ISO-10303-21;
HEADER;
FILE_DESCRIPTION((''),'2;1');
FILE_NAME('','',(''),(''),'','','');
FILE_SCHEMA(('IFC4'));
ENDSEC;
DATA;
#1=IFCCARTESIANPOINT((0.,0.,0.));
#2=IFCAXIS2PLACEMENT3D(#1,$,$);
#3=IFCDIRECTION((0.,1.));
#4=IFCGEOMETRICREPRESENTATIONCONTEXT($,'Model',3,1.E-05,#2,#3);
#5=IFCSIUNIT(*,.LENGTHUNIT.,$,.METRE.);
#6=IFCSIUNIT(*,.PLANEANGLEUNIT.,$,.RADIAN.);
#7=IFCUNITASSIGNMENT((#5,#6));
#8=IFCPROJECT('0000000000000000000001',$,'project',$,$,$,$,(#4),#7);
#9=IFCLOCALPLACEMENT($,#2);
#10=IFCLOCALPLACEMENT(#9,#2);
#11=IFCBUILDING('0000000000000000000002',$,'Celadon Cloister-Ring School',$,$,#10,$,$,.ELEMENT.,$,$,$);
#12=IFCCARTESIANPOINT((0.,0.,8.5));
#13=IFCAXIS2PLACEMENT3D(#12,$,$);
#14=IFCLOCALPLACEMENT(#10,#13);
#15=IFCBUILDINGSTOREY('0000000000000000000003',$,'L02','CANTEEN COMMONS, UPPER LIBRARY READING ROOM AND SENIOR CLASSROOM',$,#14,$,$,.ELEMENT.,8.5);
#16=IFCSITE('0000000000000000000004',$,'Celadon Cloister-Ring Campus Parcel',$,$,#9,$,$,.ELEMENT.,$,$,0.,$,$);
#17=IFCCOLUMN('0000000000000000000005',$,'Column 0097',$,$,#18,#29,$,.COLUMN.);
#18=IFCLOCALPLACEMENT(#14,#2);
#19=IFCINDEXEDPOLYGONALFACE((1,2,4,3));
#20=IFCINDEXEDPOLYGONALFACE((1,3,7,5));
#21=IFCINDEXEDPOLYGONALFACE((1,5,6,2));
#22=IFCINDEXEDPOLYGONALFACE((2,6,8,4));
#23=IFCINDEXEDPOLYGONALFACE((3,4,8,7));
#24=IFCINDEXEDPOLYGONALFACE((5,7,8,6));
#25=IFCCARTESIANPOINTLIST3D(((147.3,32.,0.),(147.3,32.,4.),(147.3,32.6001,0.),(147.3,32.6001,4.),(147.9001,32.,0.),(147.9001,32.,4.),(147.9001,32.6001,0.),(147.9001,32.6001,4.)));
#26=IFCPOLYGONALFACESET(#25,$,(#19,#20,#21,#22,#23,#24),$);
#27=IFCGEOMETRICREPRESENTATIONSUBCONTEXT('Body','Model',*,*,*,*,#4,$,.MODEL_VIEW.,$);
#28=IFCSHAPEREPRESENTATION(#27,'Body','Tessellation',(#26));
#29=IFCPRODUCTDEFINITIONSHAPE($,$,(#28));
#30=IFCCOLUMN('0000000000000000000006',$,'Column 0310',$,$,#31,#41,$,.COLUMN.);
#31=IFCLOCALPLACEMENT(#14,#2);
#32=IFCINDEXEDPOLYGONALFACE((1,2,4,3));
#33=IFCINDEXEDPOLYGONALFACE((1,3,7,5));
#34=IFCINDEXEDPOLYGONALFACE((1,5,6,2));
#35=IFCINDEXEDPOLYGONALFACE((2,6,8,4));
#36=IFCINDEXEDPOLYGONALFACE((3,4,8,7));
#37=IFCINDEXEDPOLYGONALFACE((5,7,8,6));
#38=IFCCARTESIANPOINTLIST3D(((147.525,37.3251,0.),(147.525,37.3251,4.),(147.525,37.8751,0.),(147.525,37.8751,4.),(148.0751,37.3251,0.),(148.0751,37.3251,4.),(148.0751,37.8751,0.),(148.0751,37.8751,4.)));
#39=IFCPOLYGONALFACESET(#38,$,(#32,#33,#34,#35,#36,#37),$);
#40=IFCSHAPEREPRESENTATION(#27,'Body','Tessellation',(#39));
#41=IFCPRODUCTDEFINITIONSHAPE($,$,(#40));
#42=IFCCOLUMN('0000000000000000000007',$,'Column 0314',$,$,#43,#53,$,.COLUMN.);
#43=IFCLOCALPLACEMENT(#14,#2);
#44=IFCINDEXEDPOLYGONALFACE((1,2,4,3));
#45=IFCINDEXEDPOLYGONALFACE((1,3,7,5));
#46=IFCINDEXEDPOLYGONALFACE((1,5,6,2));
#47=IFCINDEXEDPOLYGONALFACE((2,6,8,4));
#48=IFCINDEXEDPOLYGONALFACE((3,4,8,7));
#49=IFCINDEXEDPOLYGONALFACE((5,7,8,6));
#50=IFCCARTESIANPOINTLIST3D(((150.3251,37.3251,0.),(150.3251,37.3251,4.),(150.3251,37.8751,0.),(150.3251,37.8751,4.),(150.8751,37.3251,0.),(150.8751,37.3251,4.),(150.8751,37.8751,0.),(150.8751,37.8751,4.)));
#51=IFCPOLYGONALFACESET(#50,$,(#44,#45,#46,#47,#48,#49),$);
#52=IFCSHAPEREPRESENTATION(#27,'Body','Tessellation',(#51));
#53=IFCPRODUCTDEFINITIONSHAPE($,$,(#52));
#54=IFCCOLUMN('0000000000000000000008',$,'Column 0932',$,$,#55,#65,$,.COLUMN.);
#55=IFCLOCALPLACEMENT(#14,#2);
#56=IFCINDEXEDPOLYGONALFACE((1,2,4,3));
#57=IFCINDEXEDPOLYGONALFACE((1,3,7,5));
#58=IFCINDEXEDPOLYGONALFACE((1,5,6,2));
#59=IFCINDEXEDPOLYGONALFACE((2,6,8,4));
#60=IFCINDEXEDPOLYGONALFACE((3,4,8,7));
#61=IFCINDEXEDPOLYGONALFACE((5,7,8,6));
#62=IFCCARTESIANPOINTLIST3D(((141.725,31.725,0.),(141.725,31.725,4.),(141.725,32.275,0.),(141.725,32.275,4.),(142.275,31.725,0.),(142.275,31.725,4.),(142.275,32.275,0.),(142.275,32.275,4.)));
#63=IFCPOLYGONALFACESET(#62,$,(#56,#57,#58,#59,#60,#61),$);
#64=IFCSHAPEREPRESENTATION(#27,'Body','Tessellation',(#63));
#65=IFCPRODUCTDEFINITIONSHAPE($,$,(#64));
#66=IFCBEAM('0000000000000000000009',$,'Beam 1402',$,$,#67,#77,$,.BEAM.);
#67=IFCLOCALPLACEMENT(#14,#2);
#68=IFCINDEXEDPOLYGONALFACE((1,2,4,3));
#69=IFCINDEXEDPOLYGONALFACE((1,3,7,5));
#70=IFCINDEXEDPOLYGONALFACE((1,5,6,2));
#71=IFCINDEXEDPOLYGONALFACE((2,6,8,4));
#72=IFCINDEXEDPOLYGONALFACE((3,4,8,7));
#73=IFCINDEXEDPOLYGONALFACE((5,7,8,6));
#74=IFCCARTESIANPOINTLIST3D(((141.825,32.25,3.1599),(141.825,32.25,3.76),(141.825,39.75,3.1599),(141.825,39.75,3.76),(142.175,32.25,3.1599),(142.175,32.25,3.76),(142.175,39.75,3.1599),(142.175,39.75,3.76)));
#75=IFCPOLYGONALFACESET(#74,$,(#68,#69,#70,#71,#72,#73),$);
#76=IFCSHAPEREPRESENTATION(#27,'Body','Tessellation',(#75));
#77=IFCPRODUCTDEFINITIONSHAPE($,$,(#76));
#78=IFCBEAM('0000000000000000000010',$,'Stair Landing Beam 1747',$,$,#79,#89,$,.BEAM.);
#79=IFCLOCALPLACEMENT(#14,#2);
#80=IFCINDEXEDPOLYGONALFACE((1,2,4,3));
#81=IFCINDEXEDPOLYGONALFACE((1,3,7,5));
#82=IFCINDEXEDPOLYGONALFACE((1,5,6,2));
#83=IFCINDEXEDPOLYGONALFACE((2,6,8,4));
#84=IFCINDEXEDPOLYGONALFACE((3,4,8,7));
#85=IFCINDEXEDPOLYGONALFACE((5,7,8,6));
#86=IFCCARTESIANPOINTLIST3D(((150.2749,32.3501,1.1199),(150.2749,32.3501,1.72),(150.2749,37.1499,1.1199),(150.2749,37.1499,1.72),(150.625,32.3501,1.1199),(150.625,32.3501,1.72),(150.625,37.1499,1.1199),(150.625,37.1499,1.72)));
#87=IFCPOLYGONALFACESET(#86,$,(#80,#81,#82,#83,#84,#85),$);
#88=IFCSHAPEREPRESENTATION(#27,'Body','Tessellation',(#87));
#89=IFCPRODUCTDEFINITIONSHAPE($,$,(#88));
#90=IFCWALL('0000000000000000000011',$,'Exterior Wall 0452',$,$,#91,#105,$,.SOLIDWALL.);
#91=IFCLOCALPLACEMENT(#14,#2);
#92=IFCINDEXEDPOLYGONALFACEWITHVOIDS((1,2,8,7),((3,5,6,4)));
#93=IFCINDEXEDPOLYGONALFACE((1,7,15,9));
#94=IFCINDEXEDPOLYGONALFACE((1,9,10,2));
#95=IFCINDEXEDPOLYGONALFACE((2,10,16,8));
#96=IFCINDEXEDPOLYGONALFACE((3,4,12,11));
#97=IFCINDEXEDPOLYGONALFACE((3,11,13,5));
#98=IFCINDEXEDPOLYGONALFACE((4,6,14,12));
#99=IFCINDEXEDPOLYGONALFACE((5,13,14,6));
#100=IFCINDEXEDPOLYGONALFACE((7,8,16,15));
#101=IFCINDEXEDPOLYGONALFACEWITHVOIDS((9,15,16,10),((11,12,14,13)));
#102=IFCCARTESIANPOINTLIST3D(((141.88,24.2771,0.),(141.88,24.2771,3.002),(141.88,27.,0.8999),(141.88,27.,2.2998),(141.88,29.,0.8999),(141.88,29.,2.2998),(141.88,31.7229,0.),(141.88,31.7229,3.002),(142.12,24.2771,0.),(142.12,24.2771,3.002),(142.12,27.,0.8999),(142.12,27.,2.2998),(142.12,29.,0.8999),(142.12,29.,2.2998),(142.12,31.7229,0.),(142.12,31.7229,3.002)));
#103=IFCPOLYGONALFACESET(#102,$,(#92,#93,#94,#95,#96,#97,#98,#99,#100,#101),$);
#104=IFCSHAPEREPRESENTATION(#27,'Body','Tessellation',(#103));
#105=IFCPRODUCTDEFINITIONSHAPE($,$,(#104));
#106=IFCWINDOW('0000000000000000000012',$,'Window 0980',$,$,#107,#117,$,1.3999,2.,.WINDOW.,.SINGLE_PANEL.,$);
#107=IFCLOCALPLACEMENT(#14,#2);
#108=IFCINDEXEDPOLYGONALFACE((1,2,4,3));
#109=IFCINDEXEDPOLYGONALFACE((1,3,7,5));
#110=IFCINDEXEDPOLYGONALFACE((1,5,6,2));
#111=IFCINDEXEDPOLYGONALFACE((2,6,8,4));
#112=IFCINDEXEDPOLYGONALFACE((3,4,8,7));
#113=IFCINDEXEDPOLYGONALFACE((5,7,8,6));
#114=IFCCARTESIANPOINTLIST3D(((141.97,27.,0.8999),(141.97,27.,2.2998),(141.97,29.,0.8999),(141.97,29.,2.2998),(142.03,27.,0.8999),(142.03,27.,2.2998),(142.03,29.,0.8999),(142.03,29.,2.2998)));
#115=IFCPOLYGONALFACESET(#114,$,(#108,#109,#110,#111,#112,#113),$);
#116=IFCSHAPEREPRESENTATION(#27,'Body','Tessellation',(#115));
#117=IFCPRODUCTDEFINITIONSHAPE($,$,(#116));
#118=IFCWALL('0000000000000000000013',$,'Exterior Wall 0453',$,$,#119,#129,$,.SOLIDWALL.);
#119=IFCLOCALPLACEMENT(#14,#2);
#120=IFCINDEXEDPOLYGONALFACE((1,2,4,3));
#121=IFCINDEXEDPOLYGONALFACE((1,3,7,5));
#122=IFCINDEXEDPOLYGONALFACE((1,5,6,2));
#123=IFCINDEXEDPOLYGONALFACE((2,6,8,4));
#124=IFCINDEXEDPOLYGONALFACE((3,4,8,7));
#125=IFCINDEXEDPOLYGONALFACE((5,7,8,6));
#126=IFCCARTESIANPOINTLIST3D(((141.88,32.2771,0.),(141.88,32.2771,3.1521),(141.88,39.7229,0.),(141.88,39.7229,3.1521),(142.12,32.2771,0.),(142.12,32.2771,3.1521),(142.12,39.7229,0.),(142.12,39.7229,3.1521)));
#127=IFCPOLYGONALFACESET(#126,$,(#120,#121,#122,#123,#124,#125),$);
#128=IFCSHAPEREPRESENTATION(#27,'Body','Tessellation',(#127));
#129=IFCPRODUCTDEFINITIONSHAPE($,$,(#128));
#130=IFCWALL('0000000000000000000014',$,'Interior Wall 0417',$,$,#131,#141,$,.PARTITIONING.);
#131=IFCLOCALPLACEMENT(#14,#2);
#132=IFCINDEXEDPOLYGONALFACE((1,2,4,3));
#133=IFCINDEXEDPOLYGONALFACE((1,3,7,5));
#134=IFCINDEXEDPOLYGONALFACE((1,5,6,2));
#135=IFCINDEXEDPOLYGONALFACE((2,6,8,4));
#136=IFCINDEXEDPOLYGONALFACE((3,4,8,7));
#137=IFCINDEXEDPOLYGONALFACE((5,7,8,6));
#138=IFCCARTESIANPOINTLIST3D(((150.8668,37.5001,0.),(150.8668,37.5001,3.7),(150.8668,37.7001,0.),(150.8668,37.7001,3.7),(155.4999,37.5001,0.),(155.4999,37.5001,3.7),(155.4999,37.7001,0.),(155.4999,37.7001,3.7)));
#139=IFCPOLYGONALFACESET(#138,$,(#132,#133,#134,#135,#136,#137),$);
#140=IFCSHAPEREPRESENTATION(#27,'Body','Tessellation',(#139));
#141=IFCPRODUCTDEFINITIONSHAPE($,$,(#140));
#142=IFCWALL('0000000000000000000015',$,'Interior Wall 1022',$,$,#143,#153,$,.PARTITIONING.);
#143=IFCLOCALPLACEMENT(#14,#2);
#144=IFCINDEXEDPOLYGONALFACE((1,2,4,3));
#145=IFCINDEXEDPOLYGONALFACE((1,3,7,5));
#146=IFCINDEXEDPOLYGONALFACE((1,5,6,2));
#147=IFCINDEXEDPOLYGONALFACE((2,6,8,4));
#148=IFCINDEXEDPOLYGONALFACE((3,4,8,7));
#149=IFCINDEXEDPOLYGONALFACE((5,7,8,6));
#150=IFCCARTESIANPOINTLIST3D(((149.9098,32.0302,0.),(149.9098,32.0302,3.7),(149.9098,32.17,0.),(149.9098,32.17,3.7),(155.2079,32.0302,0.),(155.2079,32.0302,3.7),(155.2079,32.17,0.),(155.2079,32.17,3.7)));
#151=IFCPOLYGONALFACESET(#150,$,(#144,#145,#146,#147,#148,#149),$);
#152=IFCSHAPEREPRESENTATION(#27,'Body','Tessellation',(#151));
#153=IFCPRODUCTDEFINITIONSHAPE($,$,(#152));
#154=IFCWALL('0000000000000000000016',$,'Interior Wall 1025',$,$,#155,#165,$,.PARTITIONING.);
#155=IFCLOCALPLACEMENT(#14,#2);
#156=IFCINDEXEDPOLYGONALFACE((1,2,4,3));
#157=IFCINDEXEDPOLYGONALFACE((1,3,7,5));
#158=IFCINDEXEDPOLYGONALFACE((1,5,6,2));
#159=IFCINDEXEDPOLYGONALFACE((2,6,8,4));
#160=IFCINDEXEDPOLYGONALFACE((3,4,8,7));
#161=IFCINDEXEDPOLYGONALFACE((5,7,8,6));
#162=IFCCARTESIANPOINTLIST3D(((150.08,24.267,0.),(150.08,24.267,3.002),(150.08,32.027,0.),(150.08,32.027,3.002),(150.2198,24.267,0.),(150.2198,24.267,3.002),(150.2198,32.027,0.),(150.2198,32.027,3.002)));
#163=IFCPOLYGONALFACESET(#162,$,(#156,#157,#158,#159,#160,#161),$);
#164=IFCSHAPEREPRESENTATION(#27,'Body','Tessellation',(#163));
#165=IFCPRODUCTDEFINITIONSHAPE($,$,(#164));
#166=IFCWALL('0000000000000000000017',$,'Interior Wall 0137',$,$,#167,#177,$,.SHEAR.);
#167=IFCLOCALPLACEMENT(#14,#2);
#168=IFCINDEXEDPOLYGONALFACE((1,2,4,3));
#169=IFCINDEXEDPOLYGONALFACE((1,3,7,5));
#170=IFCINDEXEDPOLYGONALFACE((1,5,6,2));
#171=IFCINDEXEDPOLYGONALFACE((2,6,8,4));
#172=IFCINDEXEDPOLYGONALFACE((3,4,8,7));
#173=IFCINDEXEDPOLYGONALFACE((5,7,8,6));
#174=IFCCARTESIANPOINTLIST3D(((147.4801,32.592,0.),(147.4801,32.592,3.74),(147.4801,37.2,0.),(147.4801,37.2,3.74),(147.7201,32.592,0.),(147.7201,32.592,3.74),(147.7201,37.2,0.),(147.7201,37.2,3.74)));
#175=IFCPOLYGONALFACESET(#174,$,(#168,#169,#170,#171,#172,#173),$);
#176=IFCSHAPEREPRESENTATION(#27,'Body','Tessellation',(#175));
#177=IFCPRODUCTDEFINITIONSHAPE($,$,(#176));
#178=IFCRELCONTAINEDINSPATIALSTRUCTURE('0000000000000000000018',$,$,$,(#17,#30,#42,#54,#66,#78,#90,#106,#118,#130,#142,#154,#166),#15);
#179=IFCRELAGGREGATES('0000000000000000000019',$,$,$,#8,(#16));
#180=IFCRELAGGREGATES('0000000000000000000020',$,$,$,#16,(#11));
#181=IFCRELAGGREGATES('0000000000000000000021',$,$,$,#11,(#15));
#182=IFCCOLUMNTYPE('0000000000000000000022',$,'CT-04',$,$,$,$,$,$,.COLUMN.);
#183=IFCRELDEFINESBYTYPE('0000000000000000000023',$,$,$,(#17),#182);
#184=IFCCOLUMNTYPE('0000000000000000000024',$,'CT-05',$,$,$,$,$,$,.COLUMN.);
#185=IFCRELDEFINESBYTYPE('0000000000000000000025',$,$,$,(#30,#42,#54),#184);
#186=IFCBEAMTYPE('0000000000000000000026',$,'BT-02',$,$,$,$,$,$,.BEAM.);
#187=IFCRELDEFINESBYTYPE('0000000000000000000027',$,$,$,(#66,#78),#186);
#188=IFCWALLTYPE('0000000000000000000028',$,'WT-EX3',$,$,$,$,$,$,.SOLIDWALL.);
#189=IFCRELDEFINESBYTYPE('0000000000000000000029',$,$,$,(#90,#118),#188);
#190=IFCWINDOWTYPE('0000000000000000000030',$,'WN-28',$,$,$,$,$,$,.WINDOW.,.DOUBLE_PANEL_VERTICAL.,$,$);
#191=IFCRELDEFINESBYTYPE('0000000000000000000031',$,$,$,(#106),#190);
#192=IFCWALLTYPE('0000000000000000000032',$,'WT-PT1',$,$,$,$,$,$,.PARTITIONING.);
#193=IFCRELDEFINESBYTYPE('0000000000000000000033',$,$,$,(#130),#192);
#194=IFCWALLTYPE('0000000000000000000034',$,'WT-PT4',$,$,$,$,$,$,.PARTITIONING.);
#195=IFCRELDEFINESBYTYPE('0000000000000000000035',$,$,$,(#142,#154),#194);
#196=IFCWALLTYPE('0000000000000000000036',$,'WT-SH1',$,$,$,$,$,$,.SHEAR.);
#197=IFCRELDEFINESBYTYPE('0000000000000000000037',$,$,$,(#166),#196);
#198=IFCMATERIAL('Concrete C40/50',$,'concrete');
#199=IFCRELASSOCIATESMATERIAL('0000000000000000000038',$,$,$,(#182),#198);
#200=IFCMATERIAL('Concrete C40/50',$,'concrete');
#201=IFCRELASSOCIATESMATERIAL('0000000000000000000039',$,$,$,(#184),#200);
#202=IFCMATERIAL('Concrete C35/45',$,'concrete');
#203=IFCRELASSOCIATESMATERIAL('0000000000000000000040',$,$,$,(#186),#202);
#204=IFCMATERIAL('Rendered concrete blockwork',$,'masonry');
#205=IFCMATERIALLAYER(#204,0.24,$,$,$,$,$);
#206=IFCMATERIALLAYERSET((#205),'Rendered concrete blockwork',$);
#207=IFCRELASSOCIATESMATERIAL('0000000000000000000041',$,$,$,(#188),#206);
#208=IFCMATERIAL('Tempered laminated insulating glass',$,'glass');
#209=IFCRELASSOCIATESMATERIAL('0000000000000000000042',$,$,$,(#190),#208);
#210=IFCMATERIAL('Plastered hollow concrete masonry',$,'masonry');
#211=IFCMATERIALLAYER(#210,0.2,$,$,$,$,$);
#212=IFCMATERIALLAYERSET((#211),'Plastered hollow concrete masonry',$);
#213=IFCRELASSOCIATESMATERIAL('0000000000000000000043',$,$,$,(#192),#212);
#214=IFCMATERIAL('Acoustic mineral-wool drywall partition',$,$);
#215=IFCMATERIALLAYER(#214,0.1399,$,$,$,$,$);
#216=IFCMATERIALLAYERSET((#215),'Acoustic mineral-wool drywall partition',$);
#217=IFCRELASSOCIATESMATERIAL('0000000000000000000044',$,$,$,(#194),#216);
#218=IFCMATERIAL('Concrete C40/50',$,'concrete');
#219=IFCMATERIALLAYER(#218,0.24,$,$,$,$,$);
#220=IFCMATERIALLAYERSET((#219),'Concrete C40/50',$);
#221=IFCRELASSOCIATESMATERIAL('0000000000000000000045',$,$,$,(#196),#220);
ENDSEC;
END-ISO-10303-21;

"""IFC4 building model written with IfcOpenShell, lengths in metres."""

from ifc_helpers import new_model, si_unit, direction, frame, frame_2d, origin, origin_2d, place, context, subcontext, project, spatial, rectangle, extrude, material, layer, layer_set, material_profile, profile_set, type_object, element, fill, save


model = new_model("IFC4")

# Units and contexts
model_context = context("Model", 3, precision=1e-05, world=origin(), true_north=direction((0.0, 1.0)))
body_context = subcontext(model_context, "Body", "Model", "MODEL_VIEW")
ifc_project = project(units=[si_unit("LENGTHUNIT", "METRE"), si_unit("PLANEANGLEUNIT", "RADIAN")], contexts=[model_context])

# Site, building, storey
site_placement = place(None, origin())
site = spatial("IfcSite", under=ifc_project, at=site_placement, Name="Celadon Cloister-Ring Campus Parcel", CompositionType="ELEMENT", RefElevation=0.0)
building_placement = place(site_placement, origin())
building = spatial("IfcBuilding", under=site, at=building_placement, Name="Celadon Cloister-Ring School", CompositionType="ELEMENT")
storey_placement = place(building_placement, frame((0.0, 0.0, 8.5)))
storey = spatial("IfcBuildingStorey", under=building, at=storey_placement, Name="L02", Description="CANTEEN COMMONS, UPPER LIBRARY READING ROOM AND SENIOR CLASSROOM", CompositionType="ELEMENT", Elevation=8.5)

# Columns
ifc_material_1 = material(Name="Concrete C40/50", Category="concrete")
ifc_material_profile_1 = material_profile(ifc_material_1, rectangle(XDim=0.6001, YDim=0.6001, at=origin_2d()), Name="RC600X600")
ifc_profile_set_1 = profile_set([ifc_material_profile_1], Name="Concrete C40/50")
column_type_1 = type_object("IfcColumnType", Name="CT-04", PredefinedType="COLUMN", material=ifc_profile_set_1)
column_placement = place(storey_placement, frame((147.6001, 32.3, 0.0), z_axis=(0.0, 0.0, 1.0), x_axis=(1.0, 0.0, 0.0)))
element("IfcColumn", 1, at=column_placement, inside=storey, type_object=column_type_1, Name="Column 0097", PredefinedType="COLUMN", context=body_context, shape_type="SweptSolid", body=[
    extrude(rectangle(XDim=0.6001, YDim=0.6001, at=origin_2d()), origin(), (0.0, 0.0, 1.0), 4.0),
])
ifc_material_2 = material(Name="Concrete C40/50", Category="concrete")
ifc_material_profile_2 = material_profile(ifc_material_2, rectangle(XDim=0.55, YDim=0.55, at=origin_2d()), Name="RC550X550")
ifc_profile_set_2 = profile_set([ifc_material_profile_2], Name="Concrete C40/50")
column_type_2 = type_object("IfcColumnType", Name="CT-05", PredefinedType="COLUMN", material=ifc_profile_set_2)
for number, where, z_axis, x_axis, name in (
    (2, (147.8, 37.6001, 0.0), (0.0, 0.0, 1.0), (1.0, 0.0, 0.0), "Column 0310"),
    (3, (150.6001, 37.6001, 0.0), (0.0, 0.0, 1.0), (1.0, 0.0, 0.0), "Column 0314"),
    (4, (142.0, 32.0, 0.0), (0.0, 0.0, 1.0), (1.0, 0.0, 0.0), "Column 0932"),
):
    element("IfcColumn", number, at=place(storey_placement, frame(where, z_axis=z_axis, x_axis=x_axis)), inside=storey, type_object=column_type_2, Name=name, PredefinedType="COLUMN", context=body_context, shape_type="SweptSolid", body=[
        extrude(rectangle(XDim=0.55, YDim=0.55, at=origin_2d()), origin(), (0.0, 0.0, 1.0), 4.0),
    ])

# Beams
ifc_material_3 = material(Name="Concrete C35/45", Category="concrete")
ifc_material_profile_3 = material_profile(ifc_material_3, rectangle(XDim=0.3501, YDim=0.6001, at=origin_2d()), Name="RC350X600")
ifc_profile_set_3 = profile_set([ifc_material_profile_3], Name="Concrete C35/45")
beam_type = type_object("IfcBeamType", Name="BT-02", PredefinedType="BEAM", material=ifc_profile_set_3)
beam_1_placement = place(storey_placement, frame((142.0, 32.25, 3.46), z_axis=(0.0, 1.0, 0.0), x_axis=(-1.0, 0.0, 0.0)))
element("IfcBeam", 5, at=beam_1_placement, inside=storey, type_object=beam_type, Name="Beam 1402", PredefinedType="BEAM", context=body_context, shape_type="SweptSolid", body=[
    extrude(rectangle(XDim=0.3501, YDim=0.6001, at=origin_2d()), origin(), (0.0, 0.0, 1.0), 7.5),
])
beam_2_placement = place(storey_placement, frame((150.45, 32.3501, 1.4199), z_axis=(0.0, 1.0, 0.0), x_axis=(-1.0, 0.0, 0.0)))
element("IfcBeam", 6, at=beam_2_placement, inside=storey, type_object=beam_type, Name="Stair Landing Beam 1747", PredefinedType="BEAM", context=body_context, shape_type="SweptSolid", body=[
    extrude(rectangle(XDim=0.3501, YDim=0.6001, at=origin_2d()), origin(), (0.0, 0.0, 1.0), 4.7998),
])

# Wall, opening, window
ifc_material_4 = material(Name="Rendered concrete blockwork", Category="masonry")
ifc_layer_1 = layer(ifc_material_4, 0.24)
ifc_layer_set_1 = layer_set([ifc_layer_1], Name="Rendered concrete blockwork")
wall_type_1 = type_object("IfcWallType", Name="WT-EX3", PredefinedType="SOLIDWALL", material=ifc_layer_set_1)
wall_1_placement = place(storey_placement, frame((142.0, 24.2771, 0.0), z_axis=(0.0, 0.0, 1.0), x_axis=(0.0, 1.0, 0.0)))
wall_1 = element("IfcWall", 7, at=wall_1_placement, inside=storey, type_object=wall_type_1, Name="Exterior Wall 0452", PredefinedType="SOLIDWALL", context=body_context, shape_type="SweptSolid", body=[
    extrude(rectangle(XDim=7.4458, YDim=0.24, at=frame_2d((3.7229, 0.0))), origin(), (0.0, 0.0, 1.0), 3.002),
])
opening_placement = place(wall_1_placement, frame((2.7229, 0.0, 0.8999)))
opening = element("IfcOpeningElement", 8, at=opening_placement, cuts=wall_1, PredefinedType="OPENING", context=body_context, shape_type="SweptSolid", body=[
    extrude(rectangle(XDim=2.0, YDim=1.3999, at=frame_2d((1.0, 0.7))), frame((0.0, 0.1299, 0.0), z_axis=(0.0, -1.0, 0.0), x_axis=(1.0, 0.0, 0.0)), (0.0, 0.0, 1.0), 0.26),
])
ifc_material_5 = material(Name="Tempered laminated insulating glass", Category="glass")
window_type = type_object("IfcWindowType", Name="WN-28", PartitioningType="DOUBLE_PANEL_VERTICAL", PredefinedType="WINDOW", material=ifc_material_5)
window_placement = place(opening_placement, origin())
window = element("IfcWindow", 9, at=window_placement, inside=storey, type_object=window_type, Name="Window 0980", OverallHeight=1.3999, OverallWidth=2.0, PartitioningType="SINGLE_PANEL", PredefinedType="WINDOW", context=body_context, shape_type="SweptSolid", body=[
    extrude(rectangle(XDim=2.0, YDim=1.3999, at=frame_2d((1.0, 0.7))), frame((0.0, 0.03, 0.0), z_axis=(0.0, -1.0, 0.0), x_axis=(1.0, 0.0, 0.0)), (0.0, 0.0, 1.0), 0.0601),
])
fill(opening, window)

# Walls
wall_2_placement = place(storey_placement, frame((142.0, 32.2771, 0.0), z_axis=(0.0, 0.0, 1.0), x_axis=(0.0, 1.0, 0.0)))
element("IfcWall", 10, at=wall_2_placement, inside=storey, type_object=wall_type_1, Name="Exterior Wall 0453", PredefinedType="SOLIDWALL", context=body_context, shape_type="SweptSolid", body=[
    extrude(rectangle(XDim=7.4458, YDim=0.24, at=frame_2d((3.7229, 0.0))), origin(), (0.0, 0.0, 1.0), 3.1521),
])
ifc_material_6 = material(Name="Plastered hollow concrete masonry", Category="masonry")
ifc_layer_2 = layer(ifc_material_6, 0.2)
ifc_layer_set_2 = layer_set([ifc_layer_2], Name="Plastered hollow concrete masonry")
wall_type_2 = type_object("IfcWallType", Name="WT-PT1", PredefinedType="PARTITIONING", material=ifc_layer_set_2)
wall_3_placement = place(storey_placement, frame((150.8669, 37.6001, 0.0), z_axis=(0.0, 0.0, 1.0), x_axis=(1.0, 0.0, 0.0)))
element("IfcWall", 11, at=wall_3_placement, inside=storey, type_object=wall_type_2, Name="Interior Wall 0417", PredefinedType="PARTITIONING", context=body_context, shape_type="SweptSolid", body=[
    extrude(rectangle(XDim=4.6331, YDim=0.2, at=frame_2d((2.3164, 0.0))), origin(), (0.0, 0.0, 1.0), 3.7),
])
ifc_material_7 = material(Name="Acoustic mineral-wool drywall partition")
ifc_layer_3 = layer(ifc_material_7, 0.1399)
ifc_layer_set_3 = layer_set([ifc_layer_3], Name="Acoustic mineral-wool drywall partition")
wall_type_3 = type_object("IfcWallType", Name="WT-PT4", PredefinedType="PARTITIONING", material=ifc_layer_set_3)
wall_4_placement = place(storey_placement, frame((149.9099, 32.1001, 0.0), z_axis=(0.0, 0.0, 1.0), x_axis=(1.0, 0.0, 0.0)))
element("IfcWall", 12, at=wall_4_placement, inside=storey, type_object=wall_type_3, Name="Interior Wall 1022", PredefinedType="PARTITIONING", context=body_context, shape_type="SweptSolid", body=[
    extrude(rectangle(XDim=5.2981, YDim=0.1399, at=frame_2d((2.6489, 0.0))), origin(), (0.0, 0.0, 1.0), 3.7),
])
wall_5_placement = place(storey_placement, frame((150.1499, 24.2671, 0.0), z_axis=(0.0, 0.0, 1.0), x_axis=(0.0, 1.0, 0.0)))
element("IfcWall", 13, at=wall_5_placement, inside=storey, type_object=wall_type_3, Name="Interior Wall 1025", PredefinedType="PARTITIONING", context=body_context, shape_type="SweptSolid", body=[
    extrude(rectangle(XDim=7.76, YDim=0.1399, at=frame_2d((3.8799, 0.0))), origin(), (0.0, 0.0, 1.0), 3.002),
])
ifc_material_8 = material(Name="Concrete C40/50", Category="concrete")
ifc_layer_4 = layer(ifc_material_8, 0.24)
ifc_layer_set_4 = layer_set([ifc_layer_4], Name="Concrete C40/50")
wall_type_4 = type_object("IfcWallType", Name="WT-SH1", PredefinedType="SHEAR", material=ifc_layer_set_4)
wall_6_placement = place(storey_placement, frame((147.6001, 32.592, 0.0), z_axis=(0.0, 0.0, 1.0), x_axis=(0.0, 1.0, 0.0)))
element("IfcWall", 14, at=wall_6_placement, inside=storey, type_object=wall_type_4, Name="Interior Wall 0137", PredefinedType="SHEAR", context=body_context, shape_type="SweptSolid", body=[
    extrude(rectangle(XDim=4.6079, YDim=0.24, at=frame_2d((2.304, 0.0))), origin(), (0.0, 0.0, 1.0), 3.74),
])

save(model, "model.ifc")
